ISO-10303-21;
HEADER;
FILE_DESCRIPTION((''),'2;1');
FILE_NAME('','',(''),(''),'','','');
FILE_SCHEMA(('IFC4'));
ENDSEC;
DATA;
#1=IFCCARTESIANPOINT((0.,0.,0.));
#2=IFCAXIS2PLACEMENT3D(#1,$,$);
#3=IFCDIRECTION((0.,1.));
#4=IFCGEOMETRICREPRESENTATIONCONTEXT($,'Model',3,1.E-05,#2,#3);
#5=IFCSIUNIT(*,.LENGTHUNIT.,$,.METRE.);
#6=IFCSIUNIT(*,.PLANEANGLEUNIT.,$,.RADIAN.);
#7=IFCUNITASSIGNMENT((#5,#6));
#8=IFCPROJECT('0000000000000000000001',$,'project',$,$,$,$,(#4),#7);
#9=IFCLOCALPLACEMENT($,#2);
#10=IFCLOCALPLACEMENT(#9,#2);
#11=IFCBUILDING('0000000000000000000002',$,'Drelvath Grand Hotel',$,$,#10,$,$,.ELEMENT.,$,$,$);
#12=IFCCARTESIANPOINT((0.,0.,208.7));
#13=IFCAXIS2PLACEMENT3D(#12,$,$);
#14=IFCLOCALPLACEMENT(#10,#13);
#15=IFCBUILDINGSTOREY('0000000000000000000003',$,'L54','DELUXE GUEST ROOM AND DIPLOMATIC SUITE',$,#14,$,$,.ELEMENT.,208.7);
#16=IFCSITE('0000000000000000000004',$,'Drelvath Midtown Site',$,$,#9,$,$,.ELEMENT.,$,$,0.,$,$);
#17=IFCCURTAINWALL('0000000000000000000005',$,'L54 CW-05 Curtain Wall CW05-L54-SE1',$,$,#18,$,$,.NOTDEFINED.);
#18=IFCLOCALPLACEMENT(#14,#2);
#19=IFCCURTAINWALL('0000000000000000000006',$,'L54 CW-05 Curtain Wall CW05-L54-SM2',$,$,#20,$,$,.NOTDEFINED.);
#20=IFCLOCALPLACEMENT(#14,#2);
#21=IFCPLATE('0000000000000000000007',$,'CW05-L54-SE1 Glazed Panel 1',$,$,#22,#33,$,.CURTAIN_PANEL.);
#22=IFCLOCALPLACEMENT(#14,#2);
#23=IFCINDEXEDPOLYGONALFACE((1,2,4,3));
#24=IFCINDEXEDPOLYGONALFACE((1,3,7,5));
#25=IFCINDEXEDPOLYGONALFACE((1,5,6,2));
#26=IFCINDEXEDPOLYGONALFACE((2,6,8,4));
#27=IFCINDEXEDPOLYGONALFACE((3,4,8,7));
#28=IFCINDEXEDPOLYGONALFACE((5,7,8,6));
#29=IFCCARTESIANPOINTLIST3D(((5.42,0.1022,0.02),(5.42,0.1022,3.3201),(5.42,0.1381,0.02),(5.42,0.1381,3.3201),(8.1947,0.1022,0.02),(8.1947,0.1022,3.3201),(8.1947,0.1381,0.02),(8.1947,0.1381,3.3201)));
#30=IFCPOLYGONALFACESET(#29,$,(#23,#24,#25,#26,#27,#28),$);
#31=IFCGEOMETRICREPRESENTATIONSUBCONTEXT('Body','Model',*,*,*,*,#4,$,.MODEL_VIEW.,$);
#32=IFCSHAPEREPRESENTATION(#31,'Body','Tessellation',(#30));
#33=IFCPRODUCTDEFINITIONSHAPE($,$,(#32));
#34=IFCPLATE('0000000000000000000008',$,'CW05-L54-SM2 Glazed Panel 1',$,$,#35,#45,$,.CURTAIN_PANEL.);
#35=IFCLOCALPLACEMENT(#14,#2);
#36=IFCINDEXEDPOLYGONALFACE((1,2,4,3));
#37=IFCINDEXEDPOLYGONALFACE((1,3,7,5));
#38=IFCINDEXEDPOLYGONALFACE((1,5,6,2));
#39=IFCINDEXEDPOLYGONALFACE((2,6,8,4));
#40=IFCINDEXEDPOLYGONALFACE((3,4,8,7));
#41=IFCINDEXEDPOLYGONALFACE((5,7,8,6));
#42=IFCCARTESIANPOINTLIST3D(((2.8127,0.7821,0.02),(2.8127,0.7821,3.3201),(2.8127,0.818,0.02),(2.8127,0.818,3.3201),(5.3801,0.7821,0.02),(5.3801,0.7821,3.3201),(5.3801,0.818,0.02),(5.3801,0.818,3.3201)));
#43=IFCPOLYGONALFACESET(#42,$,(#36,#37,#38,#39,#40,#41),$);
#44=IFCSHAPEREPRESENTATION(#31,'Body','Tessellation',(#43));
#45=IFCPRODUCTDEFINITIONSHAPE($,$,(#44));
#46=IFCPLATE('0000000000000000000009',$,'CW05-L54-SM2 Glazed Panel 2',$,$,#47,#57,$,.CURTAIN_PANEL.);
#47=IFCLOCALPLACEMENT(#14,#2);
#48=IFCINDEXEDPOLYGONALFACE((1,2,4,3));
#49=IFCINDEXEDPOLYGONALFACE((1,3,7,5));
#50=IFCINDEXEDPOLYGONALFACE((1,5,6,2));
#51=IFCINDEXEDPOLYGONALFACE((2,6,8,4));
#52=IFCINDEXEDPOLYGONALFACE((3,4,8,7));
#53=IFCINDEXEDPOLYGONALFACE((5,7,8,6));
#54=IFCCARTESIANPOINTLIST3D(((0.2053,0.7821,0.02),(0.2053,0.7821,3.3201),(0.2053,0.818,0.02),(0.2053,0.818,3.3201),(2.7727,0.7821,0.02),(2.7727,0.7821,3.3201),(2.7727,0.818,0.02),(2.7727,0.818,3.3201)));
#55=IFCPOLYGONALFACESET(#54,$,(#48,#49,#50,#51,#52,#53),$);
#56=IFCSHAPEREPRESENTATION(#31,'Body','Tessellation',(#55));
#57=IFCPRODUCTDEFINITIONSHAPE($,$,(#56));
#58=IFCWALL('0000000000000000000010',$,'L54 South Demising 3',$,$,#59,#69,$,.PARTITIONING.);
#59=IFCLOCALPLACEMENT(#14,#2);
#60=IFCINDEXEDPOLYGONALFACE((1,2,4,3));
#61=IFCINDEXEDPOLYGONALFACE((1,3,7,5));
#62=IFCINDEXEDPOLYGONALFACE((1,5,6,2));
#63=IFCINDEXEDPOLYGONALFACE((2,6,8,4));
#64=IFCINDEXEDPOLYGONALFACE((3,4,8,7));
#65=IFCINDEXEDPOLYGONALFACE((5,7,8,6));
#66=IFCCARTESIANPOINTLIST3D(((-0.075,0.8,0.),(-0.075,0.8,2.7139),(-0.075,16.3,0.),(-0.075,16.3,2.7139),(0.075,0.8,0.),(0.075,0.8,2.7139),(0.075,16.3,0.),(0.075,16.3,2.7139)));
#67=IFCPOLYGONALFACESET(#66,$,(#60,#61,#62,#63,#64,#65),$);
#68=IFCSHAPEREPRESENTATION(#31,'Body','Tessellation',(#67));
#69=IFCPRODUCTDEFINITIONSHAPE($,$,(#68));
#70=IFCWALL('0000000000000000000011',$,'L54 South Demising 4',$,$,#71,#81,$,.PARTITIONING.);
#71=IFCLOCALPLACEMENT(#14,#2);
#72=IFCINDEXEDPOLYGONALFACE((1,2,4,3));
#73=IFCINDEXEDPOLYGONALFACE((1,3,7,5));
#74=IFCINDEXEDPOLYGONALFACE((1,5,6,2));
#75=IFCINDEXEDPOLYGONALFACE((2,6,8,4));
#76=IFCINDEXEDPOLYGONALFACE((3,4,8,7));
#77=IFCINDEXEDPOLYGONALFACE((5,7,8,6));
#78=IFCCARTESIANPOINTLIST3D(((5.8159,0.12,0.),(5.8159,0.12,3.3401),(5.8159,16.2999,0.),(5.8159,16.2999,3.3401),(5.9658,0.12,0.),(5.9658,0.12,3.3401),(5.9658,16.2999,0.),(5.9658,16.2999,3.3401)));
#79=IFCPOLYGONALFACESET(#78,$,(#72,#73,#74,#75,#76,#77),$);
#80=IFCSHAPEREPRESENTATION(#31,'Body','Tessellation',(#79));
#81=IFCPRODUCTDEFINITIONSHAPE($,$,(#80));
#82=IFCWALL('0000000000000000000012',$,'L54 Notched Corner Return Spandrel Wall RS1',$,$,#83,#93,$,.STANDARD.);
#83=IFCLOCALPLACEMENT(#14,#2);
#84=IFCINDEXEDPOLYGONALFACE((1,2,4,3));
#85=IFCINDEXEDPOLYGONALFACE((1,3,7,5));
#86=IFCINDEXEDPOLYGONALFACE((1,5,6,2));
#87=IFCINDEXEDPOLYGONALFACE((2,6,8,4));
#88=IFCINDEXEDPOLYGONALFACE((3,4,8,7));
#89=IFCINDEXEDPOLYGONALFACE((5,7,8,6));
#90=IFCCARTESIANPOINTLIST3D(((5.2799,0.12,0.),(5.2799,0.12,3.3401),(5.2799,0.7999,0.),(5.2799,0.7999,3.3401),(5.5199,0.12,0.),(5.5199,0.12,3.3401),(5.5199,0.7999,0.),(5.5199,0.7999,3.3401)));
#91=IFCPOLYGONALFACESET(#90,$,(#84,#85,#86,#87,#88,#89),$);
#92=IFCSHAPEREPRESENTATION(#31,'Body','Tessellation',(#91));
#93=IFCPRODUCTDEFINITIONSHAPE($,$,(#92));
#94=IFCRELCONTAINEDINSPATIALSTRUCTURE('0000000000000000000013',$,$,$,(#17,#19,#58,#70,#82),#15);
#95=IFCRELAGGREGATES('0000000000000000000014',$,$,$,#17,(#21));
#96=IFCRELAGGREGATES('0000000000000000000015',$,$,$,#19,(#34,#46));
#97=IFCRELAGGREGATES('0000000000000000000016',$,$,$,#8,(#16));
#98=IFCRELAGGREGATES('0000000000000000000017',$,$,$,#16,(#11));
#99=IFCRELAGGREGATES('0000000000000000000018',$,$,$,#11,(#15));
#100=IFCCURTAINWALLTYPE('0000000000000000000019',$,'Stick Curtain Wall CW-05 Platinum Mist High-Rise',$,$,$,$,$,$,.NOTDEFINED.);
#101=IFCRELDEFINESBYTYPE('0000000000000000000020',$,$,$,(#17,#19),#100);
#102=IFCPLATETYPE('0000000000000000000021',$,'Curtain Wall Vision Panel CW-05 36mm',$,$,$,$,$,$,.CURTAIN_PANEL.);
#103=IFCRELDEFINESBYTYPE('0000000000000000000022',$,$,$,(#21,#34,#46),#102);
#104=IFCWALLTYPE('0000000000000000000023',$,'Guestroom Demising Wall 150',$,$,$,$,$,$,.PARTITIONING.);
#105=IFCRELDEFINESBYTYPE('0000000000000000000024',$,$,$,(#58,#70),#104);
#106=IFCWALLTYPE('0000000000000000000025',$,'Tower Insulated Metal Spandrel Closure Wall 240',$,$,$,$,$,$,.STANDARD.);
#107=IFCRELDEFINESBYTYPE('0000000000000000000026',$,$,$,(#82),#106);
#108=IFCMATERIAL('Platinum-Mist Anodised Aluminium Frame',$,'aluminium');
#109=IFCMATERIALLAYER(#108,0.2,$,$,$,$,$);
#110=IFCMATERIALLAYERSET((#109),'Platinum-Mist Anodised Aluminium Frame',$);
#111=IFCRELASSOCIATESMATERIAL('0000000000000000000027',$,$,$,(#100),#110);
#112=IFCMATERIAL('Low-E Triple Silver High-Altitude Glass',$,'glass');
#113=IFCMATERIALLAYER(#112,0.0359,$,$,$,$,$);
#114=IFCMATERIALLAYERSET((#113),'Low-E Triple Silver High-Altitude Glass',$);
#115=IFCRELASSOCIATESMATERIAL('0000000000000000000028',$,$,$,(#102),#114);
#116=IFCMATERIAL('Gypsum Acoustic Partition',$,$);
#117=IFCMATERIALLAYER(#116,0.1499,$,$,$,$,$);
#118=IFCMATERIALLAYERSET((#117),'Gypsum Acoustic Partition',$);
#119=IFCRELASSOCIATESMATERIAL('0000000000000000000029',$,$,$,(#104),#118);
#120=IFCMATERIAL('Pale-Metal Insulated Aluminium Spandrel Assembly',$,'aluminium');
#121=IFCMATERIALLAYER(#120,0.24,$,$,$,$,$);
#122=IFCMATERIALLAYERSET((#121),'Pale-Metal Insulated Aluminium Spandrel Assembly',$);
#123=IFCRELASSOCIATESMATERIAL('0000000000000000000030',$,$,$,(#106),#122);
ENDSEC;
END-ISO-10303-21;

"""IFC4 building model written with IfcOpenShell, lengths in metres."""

from ifc_helpers import new_model, si_unit, direction, frame, frame_2d, origin, origin_2d, place, context, subcontext, project, spatial, rectangle, extrude, material, layer, layer_set, type_object, element, aggregate, save


model = new_model("IFC4")

# Units and contexts
model_context = context("Model", 3, precision=1e-05, world=origin(), true_north=direction((0.0, 1.0)))
body_context = subcontext(model_context, "Body", "Model", "MODEL_VIEW")
ifc_project = project(units=[si_unit("LENGTHUNIT", "METRE"), si_unit("PLANEANGLEUNIT", "RADIAN")], contexts=[model_context])

# Site, building, storey
site_placement = place(None, origin())
site = spatial("IfcSite", under=ifc_project, at=site_placement, Name="Drelvath Midtown Site", CompositionType="ELEMENT", RefElevation=0.0)
building_placement = place(site_placement, origin())
building = spatial("IfcBuilding", under=site, at=building_placement, Name="Drelvath Grand Hotel", CompositionType="ELEMENT")
storey_placement = place(building_placement, frame((0.0, 0.0, 208.7)))
storey = spatial("IfcBuildingStorey", under=building, at=storey_placement, Name="L54", Description="DELUXE GUEST ROOM AND DIPLOMATIC SUITE", CompositionType="ELEMENT", Elevation=208.7)

# Curtain walls
ifc_material_1 = material(Name="Platinum-Mist Anodised Aluminium Frame", Category="aluminium")
ifc_layer_1 = layer(ifc_material_1, 0.2)
ifc_layer_set_1 = layer_set([ifc_layer_1], Name="Platinum-Mist Anodised Aluminium Frame")
curtain_wall_type = type_object("IfcCurtainWallType", Name="Stick Curtain Wall CW-05 Platinum Mist High-Rise", PredefinedType="NOTDEFINED", material=ifc_layer_set_1)
curtain_wall_1_placement = place(storey_placement, origin())
curtain_wall_1 = element("IfcCurtainWall", 1, at=curtain_wall_1_placement, inside=storey, type_object=curtain_wall_type, Name="L54 CW-05 Curtain Wall CW05-L54-SE1", PredefinedType="NOTDEFINED")
curtain_wall_2_placement = place(storey_placement, origin())
curtain_wall_2 = element("IfcCurtainWall", 2, at=curtain_wall_2_placement, inside=storey, type_object=curtain_wall_type, Name="L54 CW-05 Curtain Wall CW05-L54-SM2", PredefinedType="NOTDEFINED")

# Plates
ifc_material_2 = material(Name="Low-E Triple Silver High-Altitude Glass", Category="glass")
ifc_layer_2 = layer(ifc_material_2, 0.0359)
ifc_layer_set_2 = layer_set([ifc_layer_2], Name="Low-E Triple Silver High-Altitude Glass")
plate_type = type_object("IfcPlateType", Name="Curtain Wall Vision Panel CW-05 36mm", PredefinedType="CURTAIN_PANEL", material=ifc_layer_set_2)
plate_1_placement = place(storey_placement, frame((6.8074, 0.1201, 0.02), z_axis=(0.0, 0.0, 1.0), x_axis=(-1.0, 0.0, 0.0)))
plate_1 = element("IfcPlate", 3, at=plate_1_placement, type_object=plate_type, Name="CW05-L54-SE1 Glazed Panel 1", PredefinedType="CURTAIN_PANEL", context=body_context, shape_type="SweptSolid", body=[
    extrude(rectangle(XDim=2.7747, YDim=0.0359, at=origin_2d()), origin(), (0.0, 0.0, 1.0), 3.3),
])
aggregate(curtain_wall_1, [plate_1])
plate_2_placement = place(storey_placement, frame((4.0964, 0.8, 0.02), z_axis=(0.0, 0.0, 1.0), x_axis=(-1.0, 0.0, 0.0)))
plate_2 = element("IfcPlate", 4, at=plate_2_placement, type_object=plate_type, Name="CW05-L54-SM2 Glazed Panel 1", PredefinedType="CURTAIN_PANEL", context=body_context, shape_type="SweptSolid", body=[
    extrude(rectangle(XDim=2.5674, YDim=0.0359, at=origin_2d()), origin(), (0.0, 0.0, 1.0), 3.3),
])
plate_3_placement = place(storey_placement, frame((1.489, 0.8, 0.02), z_axis=(0.0, 0.0, 1.0), x_axis=(-1.0, 0.0, 0.0)))
plate_3 = element("IfcPlate", 5, at=plate_3_placement, type_object=plate_type, Name="CW05-L54-SM2 Glazed Panel 2", PredefinedType="CURTAIN_PANEL", context=body_context, shape_type="SweptSolid", body=[
    extrude(rectangle(XDim=2.5674, YDim=0.0359, at=origin_2d()), origin(), (0.0, 0.0, 1.0), 3.3),
])
aggregate(curtain_wall_2, [plate_2, plate_3])

# Walls
ifc_material_3 = material(Name="Gypsum Acoustic Partition")
ifc_layer_3 = layer(ifc_material_3, 0.1499)
ifc_layer_set_3 = layer_set([ifc_layer_3], Name="Gypsum Acoustic Partition")
wall_type_1 = type_object("IfcWallType", Name="Guestroom Demising Wall 150", PredefinedType="PARTITIONING", material=ifc_layer_set_3)
wall_1_placement = place(storey_placement, frame((0.0, 0.8, 0.0), z_axis=(0.0, 0.0, 1.0), x_axis=(0.0, 1.0, 0.0)))
element("IfcWall", 6, at=wall_1_placement, inside=storey, type_object=wall_type_1, Name="L54 South Demising 3", PredefinedType="PARTITIONING", context=body_context, shape_type="SweptSolid", body=[
    extrude(rectangle(XDim=15.5, YDim=0.1499, at=frame_2d((7.75, 0.0))), origin(), (0.0, 0.0, 1.0), 2.7139),
])
wall_2_placement = place(storey_placement, frame((5.8909, 0.1201, 0.0), z_axis=(0.0, 0.0, 1.0), x_axis=(0.0, 1.0, 0.0)))
element("IfcWall", 7, at=wall_2_placement, inside=storey, type_object=wall_type_1, Name="L54 South Demising 4", PredefinedType="PARTITIONING", context=body_context, shape_type="SweptSolid", body=[
    extrude(rectangle(XDim=16.1799, YDim=0.1499, at=frame_2d((8.0898, 0.0))), origin(), (0.0, 0.0, 1.0), 3.3401),
])
ifc_material_4 = material(Name="Pale-Metal Insulated Aluminium Spandrel Assembly", Category="aluminium")
ifc_layer_4 = layer(ifc_material_4, 0.24)
ifc_layer_set_4 = layer_set([ifc_layer_4], Name="Pale-Metal Insulated Aluminium Spandrel Assembly")
wall_type_2 = type_object("IfcWallType", Name="Tower Insulated Metal Spandrel Closure Wall 240", PredefinedType="STANDARD", material=ifc_layer_set_4)
wall_3_placement = place(storey_placement, frame((5.3999, 0.1201, 0.0), z_axis=(0.0, 0.0, 1.0), x_axis=(0.0, 1.0, 0.0)))
element("IfcWall", 8, at=wall_3_placement, inside=storey, type_object=wall_type_2, Name="L54 Notched Corner Return Spandrel Wall RS1", PredefinedType="STANDARD", context=body_context, shape_type="SweptSolid", body=[
    extrude(rectangle(XDim=0.6799, YDim=0.24, at=frame_2d((0.3398, 0.0))), origin(), (0.0, 0.0, 1.0), 3.3401),
])

save(model, "model.ifc")
